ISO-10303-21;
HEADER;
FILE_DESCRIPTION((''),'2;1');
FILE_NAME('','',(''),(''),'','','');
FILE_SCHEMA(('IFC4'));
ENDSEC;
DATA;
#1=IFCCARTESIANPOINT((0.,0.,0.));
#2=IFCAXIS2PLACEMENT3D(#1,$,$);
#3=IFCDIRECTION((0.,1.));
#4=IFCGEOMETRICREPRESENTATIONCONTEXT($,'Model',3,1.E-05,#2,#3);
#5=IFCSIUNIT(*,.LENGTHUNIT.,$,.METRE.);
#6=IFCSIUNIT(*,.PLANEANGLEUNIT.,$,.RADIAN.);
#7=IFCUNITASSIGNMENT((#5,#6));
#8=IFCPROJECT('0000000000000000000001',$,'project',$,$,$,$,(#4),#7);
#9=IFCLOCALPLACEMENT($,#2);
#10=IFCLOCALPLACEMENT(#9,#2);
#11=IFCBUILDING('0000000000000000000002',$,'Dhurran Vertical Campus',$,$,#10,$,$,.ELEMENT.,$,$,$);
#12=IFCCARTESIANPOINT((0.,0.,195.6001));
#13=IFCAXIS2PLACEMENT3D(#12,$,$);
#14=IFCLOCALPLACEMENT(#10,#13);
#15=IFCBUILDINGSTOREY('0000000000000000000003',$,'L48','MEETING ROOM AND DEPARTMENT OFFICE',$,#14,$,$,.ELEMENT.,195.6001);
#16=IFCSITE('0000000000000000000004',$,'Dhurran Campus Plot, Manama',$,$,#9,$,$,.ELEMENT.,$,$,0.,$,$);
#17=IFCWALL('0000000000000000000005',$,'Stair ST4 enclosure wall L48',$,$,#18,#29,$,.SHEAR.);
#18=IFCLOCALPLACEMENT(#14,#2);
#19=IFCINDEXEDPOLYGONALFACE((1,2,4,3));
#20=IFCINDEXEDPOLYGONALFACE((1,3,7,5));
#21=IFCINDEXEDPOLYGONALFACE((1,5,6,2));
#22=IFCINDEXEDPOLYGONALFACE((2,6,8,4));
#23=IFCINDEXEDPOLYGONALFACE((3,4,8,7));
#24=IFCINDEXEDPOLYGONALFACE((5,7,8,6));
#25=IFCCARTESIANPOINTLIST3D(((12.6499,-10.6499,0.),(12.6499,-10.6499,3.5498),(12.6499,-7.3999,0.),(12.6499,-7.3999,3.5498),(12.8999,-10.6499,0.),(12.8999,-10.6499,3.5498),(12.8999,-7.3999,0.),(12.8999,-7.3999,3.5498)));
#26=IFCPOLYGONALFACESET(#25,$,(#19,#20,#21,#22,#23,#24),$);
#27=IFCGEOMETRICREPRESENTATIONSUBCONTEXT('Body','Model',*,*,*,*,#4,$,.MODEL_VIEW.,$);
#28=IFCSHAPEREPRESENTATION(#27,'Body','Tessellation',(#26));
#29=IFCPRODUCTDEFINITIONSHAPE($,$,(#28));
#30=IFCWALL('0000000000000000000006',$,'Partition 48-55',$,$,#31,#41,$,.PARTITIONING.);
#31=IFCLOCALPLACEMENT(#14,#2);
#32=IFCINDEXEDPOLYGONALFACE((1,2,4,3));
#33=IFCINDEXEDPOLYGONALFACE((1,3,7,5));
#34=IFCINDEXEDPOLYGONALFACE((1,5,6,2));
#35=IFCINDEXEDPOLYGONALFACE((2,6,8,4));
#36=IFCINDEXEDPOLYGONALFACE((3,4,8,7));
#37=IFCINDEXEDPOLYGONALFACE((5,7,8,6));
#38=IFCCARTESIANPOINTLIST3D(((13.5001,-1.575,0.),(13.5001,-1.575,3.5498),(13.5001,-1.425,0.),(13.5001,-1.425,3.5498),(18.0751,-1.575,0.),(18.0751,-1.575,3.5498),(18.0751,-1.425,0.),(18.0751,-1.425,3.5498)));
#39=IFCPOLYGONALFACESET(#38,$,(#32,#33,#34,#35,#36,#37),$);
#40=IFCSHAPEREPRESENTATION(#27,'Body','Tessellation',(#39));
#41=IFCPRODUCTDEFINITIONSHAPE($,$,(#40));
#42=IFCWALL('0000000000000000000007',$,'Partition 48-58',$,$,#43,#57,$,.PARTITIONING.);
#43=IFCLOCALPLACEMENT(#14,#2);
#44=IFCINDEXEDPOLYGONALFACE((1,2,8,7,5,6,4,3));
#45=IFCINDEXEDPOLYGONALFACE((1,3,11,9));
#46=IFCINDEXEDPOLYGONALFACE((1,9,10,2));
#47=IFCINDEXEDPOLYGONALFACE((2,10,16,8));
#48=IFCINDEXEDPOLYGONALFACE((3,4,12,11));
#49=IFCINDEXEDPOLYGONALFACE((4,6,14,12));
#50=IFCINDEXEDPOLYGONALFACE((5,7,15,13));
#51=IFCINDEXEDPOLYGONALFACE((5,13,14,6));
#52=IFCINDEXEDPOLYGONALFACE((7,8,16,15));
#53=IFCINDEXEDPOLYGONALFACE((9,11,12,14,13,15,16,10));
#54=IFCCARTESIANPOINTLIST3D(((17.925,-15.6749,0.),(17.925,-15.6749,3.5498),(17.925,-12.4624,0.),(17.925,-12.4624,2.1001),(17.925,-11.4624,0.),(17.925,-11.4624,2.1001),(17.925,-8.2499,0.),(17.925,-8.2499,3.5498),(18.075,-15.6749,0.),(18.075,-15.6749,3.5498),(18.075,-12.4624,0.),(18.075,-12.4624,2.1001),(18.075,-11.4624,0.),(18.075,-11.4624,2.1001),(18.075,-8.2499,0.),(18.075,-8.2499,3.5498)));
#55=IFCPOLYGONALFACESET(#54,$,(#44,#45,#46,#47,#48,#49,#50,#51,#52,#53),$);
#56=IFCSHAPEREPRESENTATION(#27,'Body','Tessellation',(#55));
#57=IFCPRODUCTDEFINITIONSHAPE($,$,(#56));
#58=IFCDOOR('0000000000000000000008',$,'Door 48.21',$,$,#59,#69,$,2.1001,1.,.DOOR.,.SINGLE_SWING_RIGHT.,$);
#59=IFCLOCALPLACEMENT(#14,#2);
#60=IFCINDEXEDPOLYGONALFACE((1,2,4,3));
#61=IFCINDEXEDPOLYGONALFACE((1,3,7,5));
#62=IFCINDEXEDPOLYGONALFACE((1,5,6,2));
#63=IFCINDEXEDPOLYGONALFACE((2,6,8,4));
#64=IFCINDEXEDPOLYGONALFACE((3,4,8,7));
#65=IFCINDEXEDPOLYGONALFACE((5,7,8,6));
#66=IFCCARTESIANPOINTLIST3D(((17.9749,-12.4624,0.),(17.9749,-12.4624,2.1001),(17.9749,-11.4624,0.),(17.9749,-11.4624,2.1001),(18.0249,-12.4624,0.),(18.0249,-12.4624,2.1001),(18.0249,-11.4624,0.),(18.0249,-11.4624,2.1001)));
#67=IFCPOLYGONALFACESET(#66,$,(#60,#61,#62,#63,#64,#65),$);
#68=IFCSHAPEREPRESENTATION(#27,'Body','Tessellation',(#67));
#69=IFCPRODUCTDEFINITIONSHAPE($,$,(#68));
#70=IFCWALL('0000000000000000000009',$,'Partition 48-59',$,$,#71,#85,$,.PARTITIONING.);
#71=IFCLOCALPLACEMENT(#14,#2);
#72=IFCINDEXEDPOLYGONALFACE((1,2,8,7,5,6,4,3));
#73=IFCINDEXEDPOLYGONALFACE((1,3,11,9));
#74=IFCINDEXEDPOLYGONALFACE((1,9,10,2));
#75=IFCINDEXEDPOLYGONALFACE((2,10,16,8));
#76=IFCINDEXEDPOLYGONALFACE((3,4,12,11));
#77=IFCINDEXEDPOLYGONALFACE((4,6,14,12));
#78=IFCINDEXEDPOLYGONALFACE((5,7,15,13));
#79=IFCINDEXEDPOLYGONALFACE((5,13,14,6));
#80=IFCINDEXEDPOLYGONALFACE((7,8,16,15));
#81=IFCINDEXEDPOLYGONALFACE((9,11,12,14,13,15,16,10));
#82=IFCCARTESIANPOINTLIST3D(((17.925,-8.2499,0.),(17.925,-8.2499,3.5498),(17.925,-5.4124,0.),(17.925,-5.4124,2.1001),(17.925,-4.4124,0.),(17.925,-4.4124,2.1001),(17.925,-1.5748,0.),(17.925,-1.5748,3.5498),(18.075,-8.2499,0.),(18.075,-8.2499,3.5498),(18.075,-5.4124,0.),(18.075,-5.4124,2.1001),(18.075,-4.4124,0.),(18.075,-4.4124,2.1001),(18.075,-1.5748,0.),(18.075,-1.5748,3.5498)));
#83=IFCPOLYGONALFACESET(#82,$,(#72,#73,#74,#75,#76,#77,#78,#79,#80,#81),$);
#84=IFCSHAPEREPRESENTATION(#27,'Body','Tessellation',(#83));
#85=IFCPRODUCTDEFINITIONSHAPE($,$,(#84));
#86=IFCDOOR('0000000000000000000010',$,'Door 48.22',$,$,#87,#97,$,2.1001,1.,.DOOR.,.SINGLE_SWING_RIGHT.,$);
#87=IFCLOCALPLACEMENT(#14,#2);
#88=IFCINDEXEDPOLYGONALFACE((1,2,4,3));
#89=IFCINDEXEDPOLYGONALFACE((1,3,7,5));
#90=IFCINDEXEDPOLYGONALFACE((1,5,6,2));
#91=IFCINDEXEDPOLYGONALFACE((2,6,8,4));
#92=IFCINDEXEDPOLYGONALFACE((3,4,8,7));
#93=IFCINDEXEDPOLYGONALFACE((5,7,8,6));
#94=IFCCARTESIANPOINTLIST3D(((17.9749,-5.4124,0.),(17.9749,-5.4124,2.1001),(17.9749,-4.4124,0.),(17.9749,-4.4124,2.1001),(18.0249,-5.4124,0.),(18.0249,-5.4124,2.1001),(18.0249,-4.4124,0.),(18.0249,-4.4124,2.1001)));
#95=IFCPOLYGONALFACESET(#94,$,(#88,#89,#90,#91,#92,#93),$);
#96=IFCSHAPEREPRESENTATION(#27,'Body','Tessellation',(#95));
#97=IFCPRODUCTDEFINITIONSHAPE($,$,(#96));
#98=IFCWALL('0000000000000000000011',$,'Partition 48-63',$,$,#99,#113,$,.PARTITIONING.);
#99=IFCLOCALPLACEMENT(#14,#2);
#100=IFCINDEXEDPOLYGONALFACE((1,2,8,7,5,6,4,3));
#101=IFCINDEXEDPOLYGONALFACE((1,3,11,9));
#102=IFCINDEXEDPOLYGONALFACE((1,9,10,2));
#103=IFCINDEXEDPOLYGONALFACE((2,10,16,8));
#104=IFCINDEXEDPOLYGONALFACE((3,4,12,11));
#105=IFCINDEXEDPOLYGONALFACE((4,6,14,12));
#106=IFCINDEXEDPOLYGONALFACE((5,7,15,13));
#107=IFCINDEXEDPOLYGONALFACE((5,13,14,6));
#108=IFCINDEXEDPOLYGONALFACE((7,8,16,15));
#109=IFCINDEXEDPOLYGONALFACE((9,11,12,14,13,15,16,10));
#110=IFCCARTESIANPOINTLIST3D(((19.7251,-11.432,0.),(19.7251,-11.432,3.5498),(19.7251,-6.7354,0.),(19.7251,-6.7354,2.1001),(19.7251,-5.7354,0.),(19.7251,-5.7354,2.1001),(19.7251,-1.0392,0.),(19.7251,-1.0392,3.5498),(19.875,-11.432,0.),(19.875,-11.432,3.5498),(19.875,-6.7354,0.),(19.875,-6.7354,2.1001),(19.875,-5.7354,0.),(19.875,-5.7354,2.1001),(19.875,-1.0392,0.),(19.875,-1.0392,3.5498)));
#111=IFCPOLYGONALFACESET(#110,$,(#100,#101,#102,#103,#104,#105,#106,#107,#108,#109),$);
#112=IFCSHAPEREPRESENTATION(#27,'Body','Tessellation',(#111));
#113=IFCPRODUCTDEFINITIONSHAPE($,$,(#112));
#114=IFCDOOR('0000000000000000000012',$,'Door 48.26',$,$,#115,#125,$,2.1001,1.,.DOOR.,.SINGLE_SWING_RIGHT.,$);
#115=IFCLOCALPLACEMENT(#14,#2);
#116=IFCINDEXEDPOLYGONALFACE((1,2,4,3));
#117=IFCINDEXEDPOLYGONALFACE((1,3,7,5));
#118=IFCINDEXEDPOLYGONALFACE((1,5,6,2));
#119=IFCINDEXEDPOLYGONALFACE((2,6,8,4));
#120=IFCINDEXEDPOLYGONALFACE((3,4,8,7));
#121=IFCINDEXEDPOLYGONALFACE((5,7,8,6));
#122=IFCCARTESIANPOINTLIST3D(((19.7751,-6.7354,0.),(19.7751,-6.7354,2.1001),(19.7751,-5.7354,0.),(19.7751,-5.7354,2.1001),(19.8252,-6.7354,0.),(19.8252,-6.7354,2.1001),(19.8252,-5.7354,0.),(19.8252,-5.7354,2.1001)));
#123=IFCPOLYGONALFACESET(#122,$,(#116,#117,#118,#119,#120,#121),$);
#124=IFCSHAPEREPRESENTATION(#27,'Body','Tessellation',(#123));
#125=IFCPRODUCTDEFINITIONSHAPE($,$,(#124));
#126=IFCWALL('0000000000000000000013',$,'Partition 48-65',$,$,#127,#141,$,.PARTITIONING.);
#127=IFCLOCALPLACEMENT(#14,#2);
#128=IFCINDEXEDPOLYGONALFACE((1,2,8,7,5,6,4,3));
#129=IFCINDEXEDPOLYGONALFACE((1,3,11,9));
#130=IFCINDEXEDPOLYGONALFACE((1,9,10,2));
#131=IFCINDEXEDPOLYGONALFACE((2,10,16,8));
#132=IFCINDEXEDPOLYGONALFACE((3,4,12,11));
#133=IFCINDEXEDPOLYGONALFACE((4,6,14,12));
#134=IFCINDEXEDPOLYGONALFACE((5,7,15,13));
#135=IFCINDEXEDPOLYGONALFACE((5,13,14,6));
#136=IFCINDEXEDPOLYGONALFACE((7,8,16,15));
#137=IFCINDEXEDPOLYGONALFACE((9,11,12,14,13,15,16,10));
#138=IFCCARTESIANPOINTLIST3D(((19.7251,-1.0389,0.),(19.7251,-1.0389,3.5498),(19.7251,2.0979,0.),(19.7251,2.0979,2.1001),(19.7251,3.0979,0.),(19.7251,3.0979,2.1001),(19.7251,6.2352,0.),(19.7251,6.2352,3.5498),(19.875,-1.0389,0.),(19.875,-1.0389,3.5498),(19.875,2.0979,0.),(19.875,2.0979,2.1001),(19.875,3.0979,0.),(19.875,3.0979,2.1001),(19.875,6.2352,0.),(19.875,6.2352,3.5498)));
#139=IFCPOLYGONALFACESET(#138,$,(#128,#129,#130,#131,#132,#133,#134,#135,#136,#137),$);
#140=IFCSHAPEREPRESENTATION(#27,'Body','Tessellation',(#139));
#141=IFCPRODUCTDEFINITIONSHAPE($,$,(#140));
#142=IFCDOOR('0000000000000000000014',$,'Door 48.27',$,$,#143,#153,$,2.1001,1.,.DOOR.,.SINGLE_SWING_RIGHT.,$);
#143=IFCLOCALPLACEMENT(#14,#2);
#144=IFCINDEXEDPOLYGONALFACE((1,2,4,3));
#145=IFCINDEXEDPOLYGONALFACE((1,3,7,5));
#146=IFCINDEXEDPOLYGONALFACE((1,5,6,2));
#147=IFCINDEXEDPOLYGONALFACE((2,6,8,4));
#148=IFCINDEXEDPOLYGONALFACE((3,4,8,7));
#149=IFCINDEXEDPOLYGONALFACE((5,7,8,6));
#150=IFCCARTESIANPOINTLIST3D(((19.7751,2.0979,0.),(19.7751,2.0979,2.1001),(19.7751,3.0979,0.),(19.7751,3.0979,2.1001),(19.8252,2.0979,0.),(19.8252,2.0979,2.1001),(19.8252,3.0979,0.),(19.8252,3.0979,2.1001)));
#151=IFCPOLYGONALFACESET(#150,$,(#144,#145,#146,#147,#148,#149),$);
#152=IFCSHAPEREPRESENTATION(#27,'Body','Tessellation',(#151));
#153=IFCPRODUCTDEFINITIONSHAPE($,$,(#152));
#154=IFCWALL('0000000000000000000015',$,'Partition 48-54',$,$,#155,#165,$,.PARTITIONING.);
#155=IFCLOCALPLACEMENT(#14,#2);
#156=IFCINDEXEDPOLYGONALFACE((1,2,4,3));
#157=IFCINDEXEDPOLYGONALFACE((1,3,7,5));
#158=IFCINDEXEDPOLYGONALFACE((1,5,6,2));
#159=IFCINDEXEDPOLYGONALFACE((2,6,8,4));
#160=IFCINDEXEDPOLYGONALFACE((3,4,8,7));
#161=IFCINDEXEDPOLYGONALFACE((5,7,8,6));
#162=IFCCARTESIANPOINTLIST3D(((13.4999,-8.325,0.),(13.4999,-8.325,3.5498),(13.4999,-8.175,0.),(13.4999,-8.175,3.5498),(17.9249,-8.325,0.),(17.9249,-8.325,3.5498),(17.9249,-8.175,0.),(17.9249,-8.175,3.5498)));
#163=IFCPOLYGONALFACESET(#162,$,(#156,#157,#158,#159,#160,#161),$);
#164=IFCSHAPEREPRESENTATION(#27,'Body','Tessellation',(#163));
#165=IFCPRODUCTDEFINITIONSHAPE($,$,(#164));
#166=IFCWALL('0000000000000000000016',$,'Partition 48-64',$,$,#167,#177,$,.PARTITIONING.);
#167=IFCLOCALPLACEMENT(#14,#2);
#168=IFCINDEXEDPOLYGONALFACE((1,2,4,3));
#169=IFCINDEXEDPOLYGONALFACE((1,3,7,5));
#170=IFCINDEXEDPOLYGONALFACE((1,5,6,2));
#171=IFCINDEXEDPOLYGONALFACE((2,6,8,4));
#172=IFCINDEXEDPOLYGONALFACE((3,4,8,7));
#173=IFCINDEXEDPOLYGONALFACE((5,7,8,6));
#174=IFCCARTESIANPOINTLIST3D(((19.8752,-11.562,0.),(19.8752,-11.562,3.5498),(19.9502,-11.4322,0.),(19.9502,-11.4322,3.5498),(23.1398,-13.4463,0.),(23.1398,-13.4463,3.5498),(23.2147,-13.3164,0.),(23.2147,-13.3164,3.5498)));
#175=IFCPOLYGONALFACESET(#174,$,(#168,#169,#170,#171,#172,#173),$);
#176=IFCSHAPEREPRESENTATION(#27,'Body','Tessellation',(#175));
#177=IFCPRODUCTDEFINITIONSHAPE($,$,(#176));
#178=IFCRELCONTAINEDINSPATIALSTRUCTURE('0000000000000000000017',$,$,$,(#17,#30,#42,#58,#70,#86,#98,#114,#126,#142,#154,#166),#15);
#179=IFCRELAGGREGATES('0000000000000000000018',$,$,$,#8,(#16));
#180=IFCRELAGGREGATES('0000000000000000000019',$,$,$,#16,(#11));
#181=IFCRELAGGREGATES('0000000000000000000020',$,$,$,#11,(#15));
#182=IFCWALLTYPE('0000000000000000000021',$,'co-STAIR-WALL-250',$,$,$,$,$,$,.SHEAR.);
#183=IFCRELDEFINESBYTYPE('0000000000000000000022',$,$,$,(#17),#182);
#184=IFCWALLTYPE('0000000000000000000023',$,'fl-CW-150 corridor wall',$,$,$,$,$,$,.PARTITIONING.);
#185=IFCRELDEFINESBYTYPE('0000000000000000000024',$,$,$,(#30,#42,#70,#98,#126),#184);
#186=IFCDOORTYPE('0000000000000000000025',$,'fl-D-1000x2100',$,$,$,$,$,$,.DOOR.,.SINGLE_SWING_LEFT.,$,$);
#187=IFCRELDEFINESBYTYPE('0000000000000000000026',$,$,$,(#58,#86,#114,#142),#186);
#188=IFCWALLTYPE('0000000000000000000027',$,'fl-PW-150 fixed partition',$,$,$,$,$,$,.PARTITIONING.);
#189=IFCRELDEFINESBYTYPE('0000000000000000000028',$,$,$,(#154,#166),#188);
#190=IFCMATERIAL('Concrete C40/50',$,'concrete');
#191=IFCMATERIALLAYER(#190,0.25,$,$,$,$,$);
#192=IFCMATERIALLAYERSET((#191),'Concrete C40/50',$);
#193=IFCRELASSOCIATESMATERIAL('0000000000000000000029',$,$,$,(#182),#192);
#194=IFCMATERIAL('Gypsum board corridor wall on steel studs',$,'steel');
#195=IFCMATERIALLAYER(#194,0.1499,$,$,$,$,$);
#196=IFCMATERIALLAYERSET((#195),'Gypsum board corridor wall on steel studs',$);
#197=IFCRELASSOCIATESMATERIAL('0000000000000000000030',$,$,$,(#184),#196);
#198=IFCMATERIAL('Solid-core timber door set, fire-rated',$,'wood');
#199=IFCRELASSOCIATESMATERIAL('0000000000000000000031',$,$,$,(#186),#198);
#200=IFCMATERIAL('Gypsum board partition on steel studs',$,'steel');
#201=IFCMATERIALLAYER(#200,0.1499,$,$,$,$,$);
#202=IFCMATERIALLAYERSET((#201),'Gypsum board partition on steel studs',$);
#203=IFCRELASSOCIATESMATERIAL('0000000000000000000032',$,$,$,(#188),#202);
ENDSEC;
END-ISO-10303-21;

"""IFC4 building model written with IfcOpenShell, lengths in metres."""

from ifc_helpers import new_model, si_unit, direction, frame, frame_2d, origin, place, context, subcontext, project, spatial, rectangle, extrude, material, layer, layer_set, type_object, element, fill, save


model = new_model("IFC4")

# Units and contexts
model_context = context("Model", 3, precision=1e-05, world=origin(), true_north=direction((0.0, 1.0)))
body_context = subcontext(model_context, "Body", "Model", "MODEL_VIEW")
ifc_project = project(units=[si_unit("LENGTHUNIT", "METRE"), si_unit("PLANEANGLEUNIT", "RADIAN")], contexts=[model_context])

# Site, building, storey
site_placement = place(None, origin())
site = spatial("IfcSite", under=ifc_project, at=site_placement, Name="Dhurran Campus Plot, Manama", CompositionType="ELEMENT", RefElevation=0.0)
building_placement = place(site_placement, origin())
building = spatial("IfcBuilding", under=site, at=building_placement, Name="Dhurran Vertical Campus", CompositionType="ELEMENT")
storey_placement = place(building_placement, frame((0.0, 0.0, 195.6001)))
storey = spatial("IfcBuildingStorey", under=building, at=storey_placement, Name="L48", Description="MEETING ROOM AND DEPARTMENT OFFICE", CompositionType="ELEMENT", Elevation=195.6001)

# Walls
ifc_material_1 = material(Name="Concrete C40/50", Category="concrete")
ifc_layer_1 = layer(ifc_material_1, 0.25)
ifc_layer_set_1 = layer_set([ifc_layer_1], Name="Concrete C40/50")
wall_type_1 = type_object("IfcWallType", Name="co-STAIR-WALL-250", PredefinedType="SHEAR", material=ifc_layer_set_1)
wall_1_placement = place(storey_placement, frame((12.7749, -10.6499, 0.0), z_axis=(0.0, 0.0, 1.0), x_axis=(0.0, 1.0, 0.0)))
element("IfcWall", 1, at=wall_1_placement, inside=storey, type_object=wall_type_1, Name="Stair ST4 enclosure wall L48", PredefinedType="SHEAR", context=body_context, shape_type="SweptSolid", body=[
    extrude(rectangle(XDim=3.25, YDim=0.25, at=frame_2d((1.625, 0.0))), origin(), (0.0, 0.0, 1.0), 3.5498),
])
ifc_material_2 = material(Name="Gypsum board corridor wall on steel studs", Category="steel")
ifc_layer_2 = layer(ifc_material_2, 0.1499)
ifc_layer_set_2 = layer_set([ifc_layer_2], Name="Gypsum board corridor wall on steel studs")
wall_type_2 = type_object("IfcWallType", Name="fl-CW-150 corridor wall", PredefinedType="PARTITIONING", material=ifc_layer_set_2)
wall_2_placement = place(storey_placement, frame((13.5, -1.5, 0.0), z_axis=(0.0, 0.0, 1.0), x_axis=(1.0, 0.0, 0.0)))
element("IfcWall", 2, at=wall_2_placement, inside=storey, type_object=wall_type_2, Name="Partition 48-55", PredefinedType="PARTITIONING", context=body_context, shape_type="SweptSolid", body=[
    extrude(rectangle(XDim=4.575, YDim=0.1499, at=frame_2d((2.2876, 0.0))), origin(), (0.0, 0.0, 1.0), 3.5498),
])

# Walls, openings, doors
wall_3_placement = place(storey_placement, frame((18.0, -8.25, 0.0), z_axis=(0.0, 0.0, 1.0), x_axis=(0.0, -1.0, 0.0)))
wall_3 = element("IfcWall", 3, at=wall_3_placement, inside=storey, type_object=wall_type_2, Name="Partition 48-58", PredefinedType="PARTITIONING", context=body_context, shape_type="SweptSolid", body=[
    extrude(rectangle(XDim=7.425, YDim=0.1499, at=frame_2d((3.7124, 0.0))), origin(), (0.0, 0.0, 1.0), 3.5498),
])
opening_1_placement = place(wall_3_placement, frame((3.2124, 0.0, 0.0)))
opening_1 = element("IfcOpeningElement", 4, at=opening_1_placement, cuts=wall_3, PredefinedType="OPENING", context=body_context, shape_type="SweptSolid", body=[
    extrude(rectangle(XDim=1.0, YDim=2.1001, at=frame_2d((0.5, 1.05))), frame((0.0, 0.085, 0.0), z_axis=(0.0, -1.0, 0.0), x_axis=(1.0, 0.0, 0.0)), (0.0, 0.0, 1.0), 0.1699),
])
ifc_material_3 = material(Name="Solid-core timber door set, fire-rated", Category="wood")
door_type_1 = type_object("IfcDoorType", Name="fl-D-1000x2100", OperationType="SINGLE_SWING_LEFT", PredefinedType="DOOR", material=ifc_material_3)
door_1_placement = place(opening_1_placement, origin())
door_1 = element("IfcDoor", 5, at=door_1_placement, inside=storey, type_object=door_type_1, Name="Door 48.21", OperationType="SINGLE_SWING_RIGHT", OverallHeight=2.1001, OverallWidth=1.0, PredefinedType="DOOR", context=body_context, shape_type="SweptSolid", body=[
    extrude(rectangle(XDim=1.0, YDim=2.1001, at=frame_2d((0.5, 1.05))), frame((0.0, 0.0249, 0.0), z_axis=(0.0, -1.0, 0.0), x_axis=(1.0, 0.0, 0.0)), (0.0, 0.0, 1.0), 0.05),
])
fill(opening_1, door_1)
wall_4_placement = place(storey_placement, frame((18.0, -1.575, 0.0), z_axis=(0.0, 0.0, 1.0), x_axis=(0.0, -1.0, 0.0)))
wall_4 = element("IfcWall", 6, at=wall_4_placement, inside=storey, type_object=wall_type_2, Name="Partition 48-59", PredefinedType="PARTITIONING", context=body_context, shape_type="SweptSolid", body=[
    extrude(rectangle(XDim=6.675, YDim=0.1499, at=frame_2d((3.3374, 0.0))), origin(), (0.0, 0.0, 1.0), 3.5498),
])
opening_2_placement = place(wall_4_placement, frame((2.8374, 0.0, 0.0)))
opening_2 = element("IfcOpeningElement", 7, at=opening_2_placement, cuts=wall_4, PredefinedType="OPENING", context=body_context, shape_type="SweptSolid", body=[
    extrude(rectangle(XDim=1.0, YDim=2.1001, at=frame_2d((0.5, 1.05))), frame((0.0, 0.085, 0.0), z_axis=(0.0, -1.0, 0.0), x_axis=(1.0, 0.0, 0.0)), (0.0, 0.0, 1.0), 0.1699),
])
door_2_placement = place(opening_2_placement, origin())
door_2 = element("IfcDoor", 8, at=door_2_placement, inside=storey, type_object=door_type_1, Name="Door 48.22", OperationType="SINGLE_SWING_RIGHT", OverallHeight=2.1001, OverallWidth=1.0, PredefinedType="DOOR", context=body_context, shape_type="SweptSolid", body=[
    extrude(rectangle(XDim=1.0, YDim=2.1001, at=frame_2d((0.5, 1.05))), frame((0.0, 0.0249, 0.0), z_axis=(0.0, -1.0, 0.0), x_axis=(1.0, 0.0, 0.0)), (0.0, 0.0, 1.0), 0.05),
])
fill(opening_2, door_2)
wall_5_placement = place(storey_placement, frame((19.8, -11.4319, 0.0), z_axis=(0.0, 0.0, 1.0), x_axis=(0.0, 1.0, 0.0)))
wall_5 = element("IfcWall", 9, at=wall_5_placement, inside=storey, type_object=wall_type_2, Name="Partition 48-63", PredefinedType="PARTITIONING", context=body_context, shape_type="SweptSolid", body=[
    extrude(rectangle(XDim=10.3928, YDim=0.1499, at=frame_2d((5.1963, 0.0))), origin(), (0.0, 0.0, 1.0), 3.5498),
])
opening_3_placement = place(wall_5_placement, frame((4.6965, 0.0, 0.0)))
opening_3 = element("IfcOpeningElement", 10, at=opening_3_placement, cuts=wall_5, PredefinedType="OPENING", context=body_context, shape_type="SweptSolid", body=[
    extrude(rectangle(XDim=1.0, YDim=2.1001, at=frame_2d((0.5, 1.05))), frame((0.0, 0.085, 0.0), z_axis=(0.0, -1.0, 0.0), x_axis=(1.0, 0.0, 0.0)), (0.0, 0.0, 1.0), 0.1699),
])
door_3_placement = place(opening_3_placement, origin())
door_3 = element("IfcDoor", 11, at=door_3_placement, inside=storey, type_object=door_type_1, Name="Door 48.26", OperationType="SINGLE_SWING_RIGHT", OverallHeight=2.1001, OverallWidth=1.0, PredefinedType="DOOR", context=body_context, shape_type="SweptSolid", body=[
    extrude(rectangle(XDim=1.0, YDim=2.1001, at=frame_2d((0.5, 1.05))), frame((0.0, 0.0249, 0.0), z_axis=(0.0, -1.0, 0.0), x_axis=(1.0, 0.0, 0.0)), (0.0, 0.0, 1.0), 0.05),
])
fill(opening_3, door_3)
wall_6_placement = place(storey_placement, frame((19.8, -1.0391, 0.0), z_axis=(0.0, 0.0, 1.0), x_axis=(0.0, 1.0, 0.0)))
wall_6 = element("IfcWall", 12, at=wall_6_placement, inside=storey, type_object=wall_type_2, Name="Partition 48-65", PredefinedType="PARTITIONING", context=body_context, shape_type="SweptSolid", body=[
    extrude(rectangle(XDim=7.2742, YDim=0.1499, at=frame_2d((3.6372, 0.0))), origin(), (0.0, 0.0, 1.0), 3.5498),
])
opening_4_placement = place(wall_6_placement, frame((3.137, 0.0, 0.0)))
opening_4 = element("IfcOpeningElement", 13, at=opening_4_placement, cuts=wall_6, PredefinedType="OPENING", context=body_context, shape_type="SweptSolid", body=[
    extrude(rectangle(XDim=1.0, YDim=2.1001, at=frame_2d((0.5, 1.05))), frame((0.0, 0.085, 0.0), z_axis=(0.0, -1.0, 0.0), x_axis=(1.0, 0.0, 0.0)), (0.0, 0.0, 1.0), 0.1699),
])
door_4_placement = place(opening_4_placement, origin())
door_4 = element("IfcDoor", 14, at=door_4_placement, inside=storey, type_object=door_type_1, Name="Door 48.27", OperationType="SINGLE_SWING_RIGHT", OverallHeight=2.1001, OverallWidth=1.0, PredefinedType="DOOR", context=body_context, shape_type="SweptSolid", body=[
    extrude(rectangle(XDim=1.0, YDim=2.1001, at=frame_2d((0.5, 1.05))), frame((0.0, 0.0249, 0.0), z_axis=(0.0, -1.0, 0.0), x_axis=(1.0, 0.0, 0.0)), (0.0, 0.0, 1.0), 0.05),
])
fill(opening_4, door_4)

# Walls
ifc_material_4 = material(Name="Gypsum board partition on steel studs", Category="steel")
ifc_layer_3 = layer(ifc_material_4, 0.1499)
ifc_layer_set_3 = layer_set([ifc_layer_3], Name="Gypsum board partition on steel studs")
wall_type_3 = type_object("IfcWallType", Name="fl-PW-150 fixed partition", PredefinedType="PARTITIONING", material=ifc_layer_set_3)
wall_7_placement = place(storey_placement, frame((13.5, -8.25, 0.0), z_axis=(0.0, 0.0, 1.0), x_axis=(1.0, 0.0, 0.0)))
element("IfcWall", 15, at=wall_7_placement, inside=storey, type_object=wall_type_3, Name="Partition 48-54", PredefinedType="PARTITIONING", context=body_context, shape_type="SweptSolid", body=[
    extrude(rectangle(XDim=4.425, YDim=0.1499, at=frame_2d((2.2124, 0.0))), origin(), (0.0, 0.0, 1.0), 3.5498),
])
wall_8_placement = place(storey_placement, frame((19.9126, -11.4971, 0.0), z_axis=(0.0, 0.0, 1.0), x_axis=(0.866091, -0.499887, 0.0)))
element("IfcWall", 16, at=wall_8_placement, inside=storey, type_object=wall_type_3, Name="Partition 48-64", PredefinedType="PARTITIONING", context=body_context, shape_type="SweptSolid", body=[
    extrude(rectangle(XDim=3.7693, YDim=0.1499, at=frame_2d((1.8848, 0.0))), origin(), (0.0, 0.0, 1.0), 3.5498),
])

save(model, "model.ifc")
